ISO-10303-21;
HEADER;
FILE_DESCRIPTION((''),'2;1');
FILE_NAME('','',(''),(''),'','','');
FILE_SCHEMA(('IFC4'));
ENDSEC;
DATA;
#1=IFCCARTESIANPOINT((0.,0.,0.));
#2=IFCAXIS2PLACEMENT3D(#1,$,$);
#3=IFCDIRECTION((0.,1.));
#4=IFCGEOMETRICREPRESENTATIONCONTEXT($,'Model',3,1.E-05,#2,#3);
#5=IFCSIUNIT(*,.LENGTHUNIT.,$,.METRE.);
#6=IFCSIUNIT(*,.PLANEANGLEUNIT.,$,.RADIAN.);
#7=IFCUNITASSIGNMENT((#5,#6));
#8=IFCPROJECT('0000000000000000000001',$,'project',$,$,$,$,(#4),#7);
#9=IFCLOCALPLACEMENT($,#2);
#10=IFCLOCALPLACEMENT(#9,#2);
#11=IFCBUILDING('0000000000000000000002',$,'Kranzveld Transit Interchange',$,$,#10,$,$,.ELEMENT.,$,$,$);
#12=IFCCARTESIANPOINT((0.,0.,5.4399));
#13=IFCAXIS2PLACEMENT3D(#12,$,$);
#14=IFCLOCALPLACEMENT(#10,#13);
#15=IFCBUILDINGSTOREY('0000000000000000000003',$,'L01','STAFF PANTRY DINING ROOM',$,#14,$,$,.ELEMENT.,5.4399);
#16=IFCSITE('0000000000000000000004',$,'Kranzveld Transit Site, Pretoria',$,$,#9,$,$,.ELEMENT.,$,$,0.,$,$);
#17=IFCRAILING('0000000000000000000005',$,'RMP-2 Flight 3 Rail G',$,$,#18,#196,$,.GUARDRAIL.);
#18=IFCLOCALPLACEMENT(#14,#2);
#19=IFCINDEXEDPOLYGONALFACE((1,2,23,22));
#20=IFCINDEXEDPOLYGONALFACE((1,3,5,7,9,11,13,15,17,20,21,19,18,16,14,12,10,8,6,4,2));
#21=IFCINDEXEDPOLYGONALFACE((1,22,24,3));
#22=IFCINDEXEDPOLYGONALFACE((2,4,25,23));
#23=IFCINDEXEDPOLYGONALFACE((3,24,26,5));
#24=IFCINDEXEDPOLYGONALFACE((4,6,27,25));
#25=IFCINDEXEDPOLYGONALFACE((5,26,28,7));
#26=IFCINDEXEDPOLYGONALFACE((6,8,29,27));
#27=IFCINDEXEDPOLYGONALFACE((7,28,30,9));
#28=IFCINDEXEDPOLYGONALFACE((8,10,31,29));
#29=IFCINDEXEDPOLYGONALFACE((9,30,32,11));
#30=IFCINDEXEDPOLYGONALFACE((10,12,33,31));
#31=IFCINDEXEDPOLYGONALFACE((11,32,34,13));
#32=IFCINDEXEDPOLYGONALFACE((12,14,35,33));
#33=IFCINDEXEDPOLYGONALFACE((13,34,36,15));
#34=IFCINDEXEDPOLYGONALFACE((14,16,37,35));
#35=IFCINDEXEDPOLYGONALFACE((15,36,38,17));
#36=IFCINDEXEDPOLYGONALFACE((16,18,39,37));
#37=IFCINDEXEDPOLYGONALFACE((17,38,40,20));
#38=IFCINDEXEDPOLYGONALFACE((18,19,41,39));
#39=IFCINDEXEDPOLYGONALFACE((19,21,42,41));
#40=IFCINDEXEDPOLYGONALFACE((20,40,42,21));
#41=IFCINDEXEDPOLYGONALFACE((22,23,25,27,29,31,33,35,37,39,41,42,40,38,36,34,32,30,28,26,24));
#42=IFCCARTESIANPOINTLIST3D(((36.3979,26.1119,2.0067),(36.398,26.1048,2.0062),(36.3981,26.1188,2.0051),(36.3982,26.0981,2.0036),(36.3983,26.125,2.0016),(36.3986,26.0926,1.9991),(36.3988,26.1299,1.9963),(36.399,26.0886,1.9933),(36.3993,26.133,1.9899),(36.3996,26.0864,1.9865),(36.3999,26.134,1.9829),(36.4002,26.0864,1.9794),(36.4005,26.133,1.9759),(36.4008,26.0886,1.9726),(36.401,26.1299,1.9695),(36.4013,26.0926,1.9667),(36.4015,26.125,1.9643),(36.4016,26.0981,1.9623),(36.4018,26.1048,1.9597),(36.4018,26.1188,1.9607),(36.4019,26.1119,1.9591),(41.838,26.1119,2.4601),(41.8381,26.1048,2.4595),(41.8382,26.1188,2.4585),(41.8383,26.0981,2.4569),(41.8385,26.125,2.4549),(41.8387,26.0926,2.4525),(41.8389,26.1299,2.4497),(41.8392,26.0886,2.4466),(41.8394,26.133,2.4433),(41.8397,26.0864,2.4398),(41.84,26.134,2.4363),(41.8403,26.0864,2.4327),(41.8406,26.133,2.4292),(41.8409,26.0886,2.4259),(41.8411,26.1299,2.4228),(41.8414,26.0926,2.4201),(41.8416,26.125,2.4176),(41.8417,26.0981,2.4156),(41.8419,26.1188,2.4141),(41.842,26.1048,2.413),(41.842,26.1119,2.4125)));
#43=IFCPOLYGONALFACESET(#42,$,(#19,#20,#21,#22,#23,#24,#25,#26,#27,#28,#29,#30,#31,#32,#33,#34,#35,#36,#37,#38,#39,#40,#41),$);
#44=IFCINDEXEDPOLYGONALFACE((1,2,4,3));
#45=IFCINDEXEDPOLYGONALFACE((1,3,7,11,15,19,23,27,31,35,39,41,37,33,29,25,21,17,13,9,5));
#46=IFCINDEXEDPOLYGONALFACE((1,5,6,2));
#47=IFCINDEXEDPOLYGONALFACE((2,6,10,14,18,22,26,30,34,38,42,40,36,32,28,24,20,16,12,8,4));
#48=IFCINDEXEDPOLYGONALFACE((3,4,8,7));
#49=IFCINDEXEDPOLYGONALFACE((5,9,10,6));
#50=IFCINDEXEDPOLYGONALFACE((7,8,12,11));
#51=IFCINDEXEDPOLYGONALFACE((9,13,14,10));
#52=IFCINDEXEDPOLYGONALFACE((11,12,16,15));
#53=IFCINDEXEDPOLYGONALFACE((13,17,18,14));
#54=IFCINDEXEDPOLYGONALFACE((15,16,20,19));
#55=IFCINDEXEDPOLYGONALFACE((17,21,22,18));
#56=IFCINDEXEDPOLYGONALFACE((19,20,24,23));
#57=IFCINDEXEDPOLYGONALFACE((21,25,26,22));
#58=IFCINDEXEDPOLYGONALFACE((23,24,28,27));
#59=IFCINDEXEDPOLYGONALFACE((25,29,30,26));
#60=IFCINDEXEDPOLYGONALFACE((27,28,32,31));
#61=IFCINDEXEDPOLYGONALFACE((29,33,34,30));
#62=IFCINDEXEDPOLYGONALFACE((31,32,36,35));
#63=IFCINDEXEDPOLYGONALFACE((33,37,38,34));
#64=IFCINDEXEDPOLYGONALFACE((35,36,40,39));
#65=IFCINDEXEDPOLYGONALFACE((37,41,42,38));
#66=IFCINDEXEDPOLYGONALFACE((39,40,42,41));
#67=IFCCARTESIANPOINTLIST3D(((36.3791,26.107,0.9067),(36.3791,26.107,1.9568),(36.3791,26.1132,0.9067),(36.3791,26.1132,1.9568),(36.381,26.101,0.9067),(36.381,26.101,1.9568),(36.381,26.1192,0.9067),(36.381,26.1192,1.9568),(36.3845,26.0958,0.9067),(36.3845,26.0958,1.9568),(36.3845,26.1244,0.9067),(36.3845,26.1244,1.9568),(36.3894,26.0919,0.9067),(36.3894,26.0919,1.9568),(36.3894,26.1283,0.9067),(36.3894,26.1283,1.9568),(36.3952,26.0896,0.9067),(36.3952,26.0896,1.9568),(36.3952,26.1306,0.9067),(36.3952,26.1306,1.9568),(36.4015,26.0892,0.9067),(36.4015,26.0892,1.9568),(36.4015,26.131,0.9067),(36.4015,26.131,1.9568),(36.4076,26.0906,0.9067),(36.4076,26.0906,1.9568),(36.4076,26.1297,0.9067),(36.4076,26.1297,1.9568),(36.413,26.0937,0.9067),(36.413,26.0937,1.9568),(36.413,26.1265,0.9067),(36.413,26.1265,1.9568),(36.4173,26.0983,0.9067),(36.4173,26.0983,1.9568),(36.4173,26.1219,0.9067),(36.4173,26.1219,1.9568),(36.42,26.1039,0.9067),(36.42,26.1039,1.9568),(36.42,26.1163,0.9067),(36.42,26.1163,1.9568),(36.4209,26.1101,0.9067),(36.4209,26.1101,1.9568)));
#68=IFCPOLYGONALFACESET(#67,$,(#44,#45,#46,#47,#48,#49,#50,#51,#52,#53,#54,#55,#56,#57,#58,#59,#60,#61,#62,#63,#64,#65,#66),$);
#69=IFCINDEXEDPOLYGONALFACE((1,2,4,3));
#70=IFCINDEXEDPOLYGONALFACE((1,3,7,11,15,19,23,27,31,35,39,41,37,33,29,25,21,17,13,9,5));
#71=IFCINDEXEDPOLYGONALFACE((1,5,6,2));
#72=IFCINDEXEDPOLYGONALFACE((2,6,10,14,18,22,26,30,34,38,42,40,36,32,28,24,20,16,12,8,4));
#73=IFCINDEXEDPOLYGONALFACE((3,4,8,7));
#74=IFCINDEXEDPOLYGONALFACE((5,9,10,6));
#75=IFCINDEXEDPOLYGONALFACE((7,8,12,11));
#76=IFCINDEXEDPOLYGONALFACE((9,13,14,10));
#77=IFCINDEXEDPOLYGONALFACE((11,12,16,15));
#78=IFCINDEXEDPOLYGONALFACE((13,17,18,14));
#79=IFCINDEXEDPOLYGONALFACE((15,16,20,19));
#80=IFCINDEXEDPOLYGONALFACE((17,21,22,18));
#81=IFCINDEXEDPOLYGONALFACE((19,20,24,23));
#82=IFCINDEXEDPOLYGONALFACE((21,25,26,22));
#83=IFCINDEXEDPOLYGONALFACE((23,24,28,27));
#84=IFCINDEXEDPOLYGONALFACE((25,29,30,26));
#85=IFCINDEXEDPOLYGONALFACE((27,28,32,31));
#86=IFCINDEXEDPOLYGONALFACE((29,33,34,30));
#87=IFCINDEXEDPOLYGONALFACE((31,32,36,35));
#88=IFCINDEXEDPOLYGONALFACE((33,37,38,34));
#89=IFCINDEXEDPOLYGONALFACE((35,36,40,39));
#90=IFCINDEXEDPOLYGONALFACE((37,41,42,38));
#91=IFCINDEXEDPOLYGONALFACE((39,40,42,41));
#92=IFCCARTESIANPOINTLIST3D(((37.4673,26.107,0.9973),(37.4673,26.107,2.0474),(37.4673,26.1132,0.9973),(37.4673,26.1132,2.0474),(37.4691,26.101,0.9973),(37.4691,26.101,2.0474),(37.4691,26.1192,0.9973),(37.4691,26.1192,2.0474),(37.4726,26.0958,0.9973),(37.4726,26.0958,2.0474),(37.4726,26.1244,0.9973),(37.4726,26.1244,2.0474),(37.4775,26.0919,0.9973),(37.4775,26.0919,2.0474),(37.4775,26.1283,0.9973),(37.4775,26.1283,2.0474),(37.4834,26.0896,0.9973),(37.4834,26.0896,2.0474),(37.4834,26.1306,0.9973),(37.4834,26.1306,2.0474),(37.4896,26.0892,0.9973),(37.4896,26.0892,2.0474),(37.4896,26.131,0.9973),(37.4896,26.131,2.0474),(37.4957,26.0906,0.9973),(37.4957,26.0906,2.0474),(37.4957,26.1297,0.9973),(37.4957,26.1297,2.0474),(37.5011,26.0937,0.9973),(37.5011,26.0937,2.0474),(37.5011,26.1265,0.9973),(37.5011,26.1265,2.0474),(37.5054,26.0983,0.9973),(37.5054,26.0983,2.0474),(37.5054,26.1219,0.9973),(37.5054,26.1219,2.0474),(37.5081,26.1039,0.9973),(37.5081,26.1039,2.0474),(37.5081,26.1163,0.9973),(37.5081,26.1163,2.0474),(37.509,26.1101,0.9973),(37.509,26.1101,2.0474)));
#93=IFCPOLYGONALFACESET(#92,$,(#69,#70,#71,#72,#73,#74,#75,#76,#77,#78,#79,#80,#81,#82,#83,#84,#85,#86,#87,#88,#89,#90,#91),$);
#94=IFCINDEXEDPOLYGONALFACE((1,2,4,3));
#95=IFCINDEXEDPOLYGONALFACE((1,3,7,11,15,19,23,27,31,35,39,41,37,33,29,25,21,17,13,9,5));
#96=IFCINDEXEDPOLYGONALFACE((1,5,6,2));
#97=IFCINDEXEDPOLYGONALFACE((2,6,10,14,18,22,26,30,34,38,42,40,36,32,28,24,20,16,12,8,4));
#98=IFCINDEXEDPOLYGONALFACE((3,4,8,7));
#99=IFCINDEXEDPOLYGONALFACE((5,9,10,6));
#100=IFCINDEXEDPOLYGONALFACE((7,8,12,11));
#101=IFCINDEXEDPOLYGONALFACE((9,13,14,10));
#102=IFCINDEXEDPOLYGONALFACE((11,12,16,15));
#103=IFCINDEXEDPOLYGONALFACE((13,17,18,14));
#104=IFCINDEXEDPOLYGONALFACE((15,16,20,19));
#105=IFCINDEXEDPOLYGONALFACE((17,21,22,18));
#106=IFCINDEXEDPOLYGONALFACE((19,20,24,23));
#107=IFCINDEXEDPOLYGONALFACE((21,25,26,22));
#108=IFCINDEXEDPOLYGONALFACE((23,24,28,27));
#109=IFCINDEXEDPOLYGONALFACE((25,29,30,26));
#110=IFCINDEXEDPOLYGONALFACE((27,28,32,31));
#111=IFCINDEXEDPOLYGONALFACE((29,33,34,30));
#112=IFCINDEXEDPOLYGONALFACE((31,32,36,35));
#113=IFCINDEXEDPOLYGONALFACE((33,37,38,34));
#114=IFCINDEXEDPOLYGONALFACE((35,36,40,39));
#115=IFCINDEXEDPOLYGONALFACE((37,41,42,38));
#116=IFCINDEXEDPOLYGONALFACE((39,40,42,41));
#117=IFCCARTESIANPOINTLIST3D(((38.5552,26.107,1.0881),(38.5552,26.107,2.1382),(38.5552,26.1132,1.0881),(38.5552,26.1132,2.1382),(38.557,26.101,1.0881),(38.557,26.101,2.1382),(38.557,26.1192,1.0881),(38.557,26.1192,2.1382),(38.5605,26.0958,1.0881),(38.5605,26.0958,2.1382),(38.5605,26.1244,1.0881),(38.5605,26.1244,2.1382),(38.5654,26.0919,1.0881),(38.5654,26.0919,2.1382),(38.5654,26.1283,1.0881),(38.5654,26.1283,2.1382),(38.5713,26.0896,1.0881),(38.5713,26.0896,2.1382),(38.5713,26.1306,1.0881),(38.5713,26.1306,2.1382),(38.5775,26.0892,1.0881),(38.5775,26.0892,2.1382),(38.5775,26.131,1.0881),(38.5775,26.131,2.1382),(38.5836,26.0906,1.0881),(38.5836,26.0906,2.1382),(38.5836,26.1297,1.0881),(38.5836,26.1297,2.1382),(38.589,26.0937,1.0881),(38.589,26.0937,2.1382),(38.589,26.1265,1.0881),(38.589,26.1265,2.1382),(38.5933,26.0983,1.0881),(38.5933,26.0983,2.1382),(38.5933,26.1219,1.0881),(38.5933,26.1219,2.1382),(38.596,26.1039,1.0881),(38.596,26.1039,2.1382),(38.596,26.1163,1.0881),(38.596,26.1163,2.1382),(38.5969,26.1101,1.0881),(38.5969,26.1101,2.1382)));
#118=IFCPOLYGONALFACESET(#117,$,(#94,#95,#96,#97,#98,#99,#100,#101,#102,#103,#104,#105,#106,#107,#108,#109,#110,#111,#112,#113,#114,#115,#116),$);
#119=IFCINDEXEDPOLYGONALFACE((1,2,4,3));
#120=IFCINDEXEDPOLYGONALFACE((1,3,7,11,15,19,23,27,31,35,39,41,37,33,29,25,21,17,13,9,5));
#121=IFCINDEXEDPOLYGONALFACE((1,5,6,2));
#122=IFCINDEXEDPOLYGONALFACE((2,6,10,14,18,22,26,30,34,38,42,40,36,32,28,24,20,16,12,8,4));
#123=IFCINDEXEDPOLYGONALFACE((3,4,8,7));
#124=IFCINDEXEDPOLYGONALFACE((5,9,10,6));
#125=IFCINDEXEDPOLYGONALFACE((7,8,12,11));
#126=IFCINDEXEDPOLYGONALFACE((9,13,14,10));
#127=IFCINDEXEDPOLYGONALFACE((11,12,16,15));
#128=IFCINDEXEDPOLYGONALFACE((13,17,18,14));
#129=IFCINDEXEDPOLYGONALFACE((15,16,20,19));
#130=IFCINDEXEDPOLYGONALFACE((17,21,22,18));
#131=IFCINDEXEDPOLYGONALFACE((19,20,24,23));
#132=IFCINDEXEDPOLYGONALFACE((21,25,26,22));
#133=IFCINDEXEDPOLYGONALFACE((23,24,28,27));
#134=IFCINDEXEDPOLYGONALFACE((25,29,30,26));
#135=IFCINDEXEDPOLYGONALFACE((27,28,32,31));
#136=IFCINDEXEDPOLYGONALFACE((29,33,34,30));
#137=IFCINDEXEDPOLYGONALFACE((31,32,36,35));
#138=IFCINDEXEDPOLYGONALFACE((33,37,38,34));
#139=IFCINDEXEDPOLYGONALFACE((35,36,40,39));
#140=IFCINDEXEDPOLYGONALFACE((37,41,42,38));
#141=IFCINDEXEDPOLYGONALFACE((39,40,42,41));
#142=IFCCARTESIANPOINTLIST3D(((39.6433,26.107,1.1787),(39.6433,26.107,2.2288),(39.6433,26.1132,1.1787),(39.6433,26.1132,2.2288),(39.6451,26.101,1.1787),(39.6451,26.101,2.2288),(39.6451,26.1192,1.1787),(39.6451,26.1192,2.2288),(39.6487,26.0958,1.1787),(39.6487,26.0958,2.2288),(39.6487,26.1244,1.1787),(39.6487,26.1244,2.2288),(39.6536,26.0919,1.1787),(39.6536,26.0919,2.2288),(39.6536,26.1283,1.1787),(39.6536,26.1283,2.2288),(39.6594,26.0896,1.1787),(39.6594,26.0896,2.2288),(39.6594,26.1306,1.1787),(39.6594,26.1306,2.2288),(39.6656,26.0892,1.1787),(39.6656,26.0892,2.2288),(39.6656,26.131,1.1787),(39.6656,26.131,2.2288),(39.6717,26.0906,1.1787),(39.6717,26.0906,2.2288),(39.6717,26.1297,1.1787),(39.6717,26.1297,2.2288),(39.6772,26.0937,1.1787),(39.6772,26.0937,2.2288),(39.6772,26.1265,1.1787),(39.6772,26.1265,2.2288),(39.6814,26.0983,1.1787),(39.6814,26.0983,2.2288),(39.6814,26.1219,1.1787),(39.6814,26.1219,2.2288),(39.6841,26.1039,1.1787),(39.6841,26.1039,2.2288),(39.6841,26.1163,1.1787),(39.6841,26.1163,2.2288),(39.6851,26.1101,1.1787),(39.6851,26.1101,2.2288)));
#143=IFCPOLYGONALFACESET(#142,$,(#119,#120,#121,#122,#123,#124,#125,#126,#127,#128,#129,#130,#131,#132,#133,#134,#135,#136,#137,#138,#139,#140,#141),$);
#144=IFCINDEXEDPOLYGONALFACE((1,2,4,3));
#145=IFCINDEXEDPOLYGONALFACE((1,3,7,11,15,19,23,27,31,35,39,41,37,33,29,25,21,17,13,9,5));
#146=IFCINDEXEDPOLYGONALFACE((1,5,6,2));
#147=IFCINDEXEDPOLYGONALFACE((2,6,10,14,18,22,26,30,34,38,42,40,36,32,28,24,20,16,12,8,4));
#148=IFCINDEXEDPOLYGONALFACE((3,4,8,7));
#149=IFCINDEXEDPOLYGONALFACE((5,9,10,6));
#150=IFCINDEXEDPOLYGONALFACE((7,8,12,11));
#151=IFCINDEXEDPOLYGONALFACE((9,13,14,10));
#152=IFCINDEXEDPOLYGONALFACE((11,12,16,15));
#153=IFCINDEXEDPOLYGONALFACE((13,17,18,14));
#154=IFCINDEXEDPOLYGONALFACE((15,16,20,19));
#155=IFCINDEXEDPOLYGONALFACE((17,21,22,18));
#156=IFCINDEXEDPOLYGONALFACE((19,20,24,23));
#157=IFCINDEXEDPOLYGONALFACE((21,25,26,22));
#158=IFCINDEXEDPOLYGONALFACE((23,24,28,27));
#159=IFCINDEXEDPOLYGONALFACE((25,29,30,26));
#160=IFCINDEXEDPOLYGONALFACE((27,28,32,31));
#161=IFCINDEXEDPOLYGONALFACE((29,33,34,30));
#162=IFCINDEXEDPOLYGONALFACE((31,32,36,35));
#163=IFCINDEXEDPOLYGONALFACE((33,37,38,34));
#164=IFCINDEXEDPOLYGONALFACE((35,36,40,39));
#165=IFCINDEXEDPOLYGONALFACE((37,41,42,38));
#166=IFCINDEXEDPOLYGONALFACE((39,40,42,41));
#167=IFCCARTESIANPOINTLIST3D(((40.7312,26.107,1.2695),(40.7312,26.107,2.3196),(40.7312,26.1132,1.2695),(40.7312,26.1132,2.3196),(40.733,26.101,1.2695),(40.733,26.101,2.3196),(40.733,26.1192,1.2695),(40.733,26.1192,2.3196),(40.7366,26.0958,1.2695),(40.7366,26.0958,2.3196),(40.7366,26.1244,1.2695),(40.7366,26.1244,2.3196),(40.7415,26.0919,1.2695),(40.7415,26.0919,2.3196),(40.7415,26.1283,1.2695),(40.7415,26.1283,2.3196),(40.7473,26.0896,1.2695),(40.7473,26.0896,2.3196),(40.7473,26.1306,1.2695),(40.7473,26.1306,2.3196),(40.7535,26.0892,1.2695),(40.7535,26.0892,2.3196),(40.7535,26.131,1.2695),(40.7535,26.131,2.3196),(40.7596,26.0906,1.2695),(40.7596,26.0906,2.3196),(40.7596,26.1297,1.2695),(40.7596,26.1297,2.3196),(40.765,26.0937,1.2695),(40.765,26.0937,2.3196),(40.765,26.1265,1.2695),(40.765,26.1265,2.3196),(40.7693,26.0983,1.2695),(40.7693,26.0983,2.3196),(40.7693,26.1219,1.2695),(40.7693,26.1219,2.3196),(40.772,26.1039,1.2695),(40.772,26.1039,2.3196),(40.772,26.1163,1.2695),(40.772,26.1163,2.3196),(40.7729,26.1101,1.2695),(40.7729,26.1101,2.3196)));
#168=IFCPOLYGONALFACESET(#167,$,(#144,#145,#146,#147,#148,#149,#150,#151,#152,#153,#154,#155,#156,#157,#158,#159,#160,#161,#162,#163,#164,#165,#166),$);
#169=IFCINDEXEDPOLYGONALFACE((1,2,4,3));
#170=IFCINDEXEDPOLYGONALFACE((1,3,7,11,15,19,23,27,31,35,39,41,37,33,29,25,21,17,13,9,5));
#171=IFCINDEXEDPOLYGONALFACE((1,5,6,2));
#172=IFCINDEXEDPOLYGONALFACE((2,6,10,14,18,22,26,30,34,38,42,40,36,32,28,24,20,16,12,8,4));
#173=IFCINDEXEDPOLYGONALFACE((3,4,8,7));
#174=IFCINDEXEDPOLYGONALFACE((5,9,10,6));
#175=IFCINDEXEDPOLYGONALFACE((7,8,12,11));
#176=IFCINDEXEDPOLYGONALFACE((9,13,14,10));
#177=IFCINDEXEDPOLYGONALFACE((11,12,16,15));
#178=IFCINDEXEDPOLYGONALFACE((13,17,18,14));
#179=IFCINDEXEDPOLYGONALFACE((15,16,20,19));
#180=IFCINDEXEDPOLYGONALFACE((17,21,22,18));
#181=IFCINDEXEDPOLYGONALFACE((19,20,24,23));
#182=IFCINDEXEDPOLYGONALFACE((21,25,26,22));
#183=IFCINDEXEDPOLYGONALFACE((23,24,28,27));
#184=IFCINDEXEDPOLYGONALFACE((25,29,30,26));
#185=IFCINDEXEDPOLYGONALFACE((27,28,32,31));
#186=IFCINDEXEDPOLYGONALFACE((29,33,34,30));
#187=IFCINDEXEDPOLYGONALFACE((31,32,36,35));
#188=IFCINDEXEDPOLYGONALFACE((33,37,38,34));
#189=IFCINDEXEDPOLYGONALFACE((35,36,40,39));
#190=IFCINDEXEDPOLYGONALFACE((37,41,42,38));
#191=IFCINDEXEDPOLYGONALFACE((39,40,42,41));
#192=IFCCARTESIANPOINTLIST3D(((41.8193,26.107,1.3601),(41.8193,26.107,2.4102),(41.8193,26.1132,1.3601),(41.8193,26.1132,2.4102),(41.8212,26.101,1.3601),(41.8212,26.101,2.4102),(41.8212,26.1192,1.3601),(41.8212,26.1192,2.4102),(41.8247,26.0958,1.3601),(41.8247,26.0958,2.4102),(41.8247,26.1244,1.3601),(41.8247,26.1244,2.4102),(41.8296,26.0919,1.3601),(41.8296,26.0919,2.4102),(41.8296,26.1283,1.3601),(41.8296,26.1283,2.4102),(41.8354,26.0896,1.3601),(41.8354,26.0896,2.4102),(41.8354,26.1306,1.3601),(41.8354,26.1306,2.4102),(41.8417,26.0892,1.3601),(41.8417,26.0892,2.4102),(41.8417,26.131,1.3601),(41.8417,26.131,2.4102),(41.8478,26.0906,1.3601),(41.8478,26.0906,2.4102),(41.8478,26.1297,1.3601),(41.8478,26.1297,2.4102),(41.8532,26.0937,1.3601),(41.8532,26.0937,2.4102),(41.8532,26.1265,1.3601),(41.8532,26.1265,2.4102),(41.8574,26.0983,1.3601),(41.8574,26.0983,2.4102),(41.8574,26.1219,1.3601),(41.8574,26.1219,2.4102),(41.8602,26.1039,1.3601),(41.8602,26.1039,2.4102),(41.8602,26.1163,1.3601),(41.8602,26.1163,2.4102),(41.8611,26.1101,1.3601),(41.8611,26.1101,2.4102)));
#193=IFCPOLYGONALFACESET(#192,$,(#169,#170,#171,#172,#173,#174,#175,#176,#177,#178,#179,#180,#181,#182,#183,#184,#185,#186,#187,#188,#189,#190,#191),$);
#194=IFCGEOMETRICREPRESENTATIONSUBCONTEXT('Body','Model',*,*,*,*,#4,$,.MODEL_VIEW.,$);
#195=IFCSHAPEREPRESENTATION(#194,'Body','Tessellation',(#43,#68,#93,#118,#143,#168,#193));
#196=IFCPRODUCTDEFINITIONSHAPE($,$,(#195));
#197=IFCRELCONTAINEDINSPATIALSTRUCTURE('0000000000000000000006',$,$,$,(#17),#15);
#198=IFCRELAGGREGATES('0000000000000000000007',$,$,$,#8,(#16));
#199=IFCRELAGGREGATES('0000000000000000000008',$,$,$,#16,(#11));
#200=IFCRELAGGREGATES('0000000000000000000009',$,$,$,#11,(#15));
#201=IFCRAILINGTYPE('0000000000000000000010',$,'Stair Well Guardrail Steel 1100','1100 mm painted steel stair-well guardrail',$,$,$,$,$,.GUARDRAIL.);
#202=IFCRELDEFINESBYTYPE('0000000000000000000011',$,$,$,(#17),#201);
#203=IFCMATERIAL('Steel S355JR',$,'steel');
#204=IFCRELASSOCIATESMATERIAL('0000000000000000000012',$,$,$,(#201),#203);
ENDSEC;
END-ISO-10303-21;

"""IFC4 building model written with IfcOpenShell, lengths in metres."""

from ifc_helpers import new_model, si_unit, direction, frame, origin, origin_2d, place, context, subcontext, project, spatial, circle, extrude, material, type_object, element, save


model = new_model("IFC4")

# Units and contexts
model_context = context("Model", 3, precision=1e-05, world=origin(), true_north=direction((0.0, 1.0)))
body_context = subcontext(model_context, "Body", "Model", "MODEL_VIEW")
ifc_project = project(units=[si_unit("LENGTHUNIT", "METRE"), si_unit("PLANEANGLEUNIT", "RADIAN")], contexts=[model_context])

# Site, building, storey
site_placement = place(None, origin())
site = spatial("IfcSite", under=ifc_project, at=site_placement, Name="Kranzveld Transit Site, Pretoria", CompositionType="ELEMENT", RefElevation=0.0)
building_placement = place(site_placement, origin())
building = spatial("IfcBuilding", under=site, at=building_placement, Name="Kranzveld Transit Interchange", CompositionType="ELEMENT")
storey_placement = place(building_placement, frame((0.0, 0.0, 5.4399)))
storey = spatial("IfcBuildingStorey", under=building, at=storey_placement, Name="L01", Description="STAFF PANTRY DINING ROOM", CompositionType="ELEMENT", Elevation=5.4399)

# Railing
ifc_material_1 = material(Name="Steel S355JR", Category="steel")
railing_type_1 = type_object("IfcRailingType", Name="Stair Well Guardrail Steel 1100", Description="1100 mm painted steel stair-well guardrail", PredefinedType="GUARDRAIL", material=ifc_material_1)
railing_1_placement = place(storey_placement, frame((36.3999, 26.1101, 0.9067)))
element("IfcRailing", 1, at=railing_1_placement, inside=storey, type_object=railing_type_1, Name="RMP-2 Flight 3 Rail G", PredefinedType="GUARDRAIL", context=body_context, shape_type="SweptSolid", body=[
    extrude(circle(Radius=0.0239, at=origin_2d()), frame((0.0, 0.0, 1.0762), z_axis=(0.996545, 0.0, 0.083049), x_axis=(0.0, 1.0, 0.0)), (0.0, 0.0, 1.0), 5.459),
    extrude(circle(Radius=0.021, at=origin_2d()), origin(), (0.0, 0.0, 1.0), 1.05),
    extrude(circle(Radius=0.021, at=origin_2d()), frame((1.0881, 0.0, 0.0906)), (0.0, 0.0, 1.0), 1.05),
    extrude(circle(Radius=0.021, at=origin_2d()), frame((2.176, 0.0, 0.1814)), (0.0, 0.0, 1.0), 1.05),
    extrude(circle(Radius=0.021, at=origin_2d()), frame((3.2642, 0.0, 0.272)), (0.0, 0.0, 1.0), 1.05),
    extrude(circle(Radius=0.021, at=origin_2d()), frame((4.3521, 0.0, 0.3628)), (0.0, 0.0, 1.0), 1.05),
    extrude(circle(Radius=0.021, at=origin_2d()), frame((5.4402, 0.0, 0.4534)), (0.0, 0.0, 1.0), 1.05),
])

save(model, "model.ifc")
